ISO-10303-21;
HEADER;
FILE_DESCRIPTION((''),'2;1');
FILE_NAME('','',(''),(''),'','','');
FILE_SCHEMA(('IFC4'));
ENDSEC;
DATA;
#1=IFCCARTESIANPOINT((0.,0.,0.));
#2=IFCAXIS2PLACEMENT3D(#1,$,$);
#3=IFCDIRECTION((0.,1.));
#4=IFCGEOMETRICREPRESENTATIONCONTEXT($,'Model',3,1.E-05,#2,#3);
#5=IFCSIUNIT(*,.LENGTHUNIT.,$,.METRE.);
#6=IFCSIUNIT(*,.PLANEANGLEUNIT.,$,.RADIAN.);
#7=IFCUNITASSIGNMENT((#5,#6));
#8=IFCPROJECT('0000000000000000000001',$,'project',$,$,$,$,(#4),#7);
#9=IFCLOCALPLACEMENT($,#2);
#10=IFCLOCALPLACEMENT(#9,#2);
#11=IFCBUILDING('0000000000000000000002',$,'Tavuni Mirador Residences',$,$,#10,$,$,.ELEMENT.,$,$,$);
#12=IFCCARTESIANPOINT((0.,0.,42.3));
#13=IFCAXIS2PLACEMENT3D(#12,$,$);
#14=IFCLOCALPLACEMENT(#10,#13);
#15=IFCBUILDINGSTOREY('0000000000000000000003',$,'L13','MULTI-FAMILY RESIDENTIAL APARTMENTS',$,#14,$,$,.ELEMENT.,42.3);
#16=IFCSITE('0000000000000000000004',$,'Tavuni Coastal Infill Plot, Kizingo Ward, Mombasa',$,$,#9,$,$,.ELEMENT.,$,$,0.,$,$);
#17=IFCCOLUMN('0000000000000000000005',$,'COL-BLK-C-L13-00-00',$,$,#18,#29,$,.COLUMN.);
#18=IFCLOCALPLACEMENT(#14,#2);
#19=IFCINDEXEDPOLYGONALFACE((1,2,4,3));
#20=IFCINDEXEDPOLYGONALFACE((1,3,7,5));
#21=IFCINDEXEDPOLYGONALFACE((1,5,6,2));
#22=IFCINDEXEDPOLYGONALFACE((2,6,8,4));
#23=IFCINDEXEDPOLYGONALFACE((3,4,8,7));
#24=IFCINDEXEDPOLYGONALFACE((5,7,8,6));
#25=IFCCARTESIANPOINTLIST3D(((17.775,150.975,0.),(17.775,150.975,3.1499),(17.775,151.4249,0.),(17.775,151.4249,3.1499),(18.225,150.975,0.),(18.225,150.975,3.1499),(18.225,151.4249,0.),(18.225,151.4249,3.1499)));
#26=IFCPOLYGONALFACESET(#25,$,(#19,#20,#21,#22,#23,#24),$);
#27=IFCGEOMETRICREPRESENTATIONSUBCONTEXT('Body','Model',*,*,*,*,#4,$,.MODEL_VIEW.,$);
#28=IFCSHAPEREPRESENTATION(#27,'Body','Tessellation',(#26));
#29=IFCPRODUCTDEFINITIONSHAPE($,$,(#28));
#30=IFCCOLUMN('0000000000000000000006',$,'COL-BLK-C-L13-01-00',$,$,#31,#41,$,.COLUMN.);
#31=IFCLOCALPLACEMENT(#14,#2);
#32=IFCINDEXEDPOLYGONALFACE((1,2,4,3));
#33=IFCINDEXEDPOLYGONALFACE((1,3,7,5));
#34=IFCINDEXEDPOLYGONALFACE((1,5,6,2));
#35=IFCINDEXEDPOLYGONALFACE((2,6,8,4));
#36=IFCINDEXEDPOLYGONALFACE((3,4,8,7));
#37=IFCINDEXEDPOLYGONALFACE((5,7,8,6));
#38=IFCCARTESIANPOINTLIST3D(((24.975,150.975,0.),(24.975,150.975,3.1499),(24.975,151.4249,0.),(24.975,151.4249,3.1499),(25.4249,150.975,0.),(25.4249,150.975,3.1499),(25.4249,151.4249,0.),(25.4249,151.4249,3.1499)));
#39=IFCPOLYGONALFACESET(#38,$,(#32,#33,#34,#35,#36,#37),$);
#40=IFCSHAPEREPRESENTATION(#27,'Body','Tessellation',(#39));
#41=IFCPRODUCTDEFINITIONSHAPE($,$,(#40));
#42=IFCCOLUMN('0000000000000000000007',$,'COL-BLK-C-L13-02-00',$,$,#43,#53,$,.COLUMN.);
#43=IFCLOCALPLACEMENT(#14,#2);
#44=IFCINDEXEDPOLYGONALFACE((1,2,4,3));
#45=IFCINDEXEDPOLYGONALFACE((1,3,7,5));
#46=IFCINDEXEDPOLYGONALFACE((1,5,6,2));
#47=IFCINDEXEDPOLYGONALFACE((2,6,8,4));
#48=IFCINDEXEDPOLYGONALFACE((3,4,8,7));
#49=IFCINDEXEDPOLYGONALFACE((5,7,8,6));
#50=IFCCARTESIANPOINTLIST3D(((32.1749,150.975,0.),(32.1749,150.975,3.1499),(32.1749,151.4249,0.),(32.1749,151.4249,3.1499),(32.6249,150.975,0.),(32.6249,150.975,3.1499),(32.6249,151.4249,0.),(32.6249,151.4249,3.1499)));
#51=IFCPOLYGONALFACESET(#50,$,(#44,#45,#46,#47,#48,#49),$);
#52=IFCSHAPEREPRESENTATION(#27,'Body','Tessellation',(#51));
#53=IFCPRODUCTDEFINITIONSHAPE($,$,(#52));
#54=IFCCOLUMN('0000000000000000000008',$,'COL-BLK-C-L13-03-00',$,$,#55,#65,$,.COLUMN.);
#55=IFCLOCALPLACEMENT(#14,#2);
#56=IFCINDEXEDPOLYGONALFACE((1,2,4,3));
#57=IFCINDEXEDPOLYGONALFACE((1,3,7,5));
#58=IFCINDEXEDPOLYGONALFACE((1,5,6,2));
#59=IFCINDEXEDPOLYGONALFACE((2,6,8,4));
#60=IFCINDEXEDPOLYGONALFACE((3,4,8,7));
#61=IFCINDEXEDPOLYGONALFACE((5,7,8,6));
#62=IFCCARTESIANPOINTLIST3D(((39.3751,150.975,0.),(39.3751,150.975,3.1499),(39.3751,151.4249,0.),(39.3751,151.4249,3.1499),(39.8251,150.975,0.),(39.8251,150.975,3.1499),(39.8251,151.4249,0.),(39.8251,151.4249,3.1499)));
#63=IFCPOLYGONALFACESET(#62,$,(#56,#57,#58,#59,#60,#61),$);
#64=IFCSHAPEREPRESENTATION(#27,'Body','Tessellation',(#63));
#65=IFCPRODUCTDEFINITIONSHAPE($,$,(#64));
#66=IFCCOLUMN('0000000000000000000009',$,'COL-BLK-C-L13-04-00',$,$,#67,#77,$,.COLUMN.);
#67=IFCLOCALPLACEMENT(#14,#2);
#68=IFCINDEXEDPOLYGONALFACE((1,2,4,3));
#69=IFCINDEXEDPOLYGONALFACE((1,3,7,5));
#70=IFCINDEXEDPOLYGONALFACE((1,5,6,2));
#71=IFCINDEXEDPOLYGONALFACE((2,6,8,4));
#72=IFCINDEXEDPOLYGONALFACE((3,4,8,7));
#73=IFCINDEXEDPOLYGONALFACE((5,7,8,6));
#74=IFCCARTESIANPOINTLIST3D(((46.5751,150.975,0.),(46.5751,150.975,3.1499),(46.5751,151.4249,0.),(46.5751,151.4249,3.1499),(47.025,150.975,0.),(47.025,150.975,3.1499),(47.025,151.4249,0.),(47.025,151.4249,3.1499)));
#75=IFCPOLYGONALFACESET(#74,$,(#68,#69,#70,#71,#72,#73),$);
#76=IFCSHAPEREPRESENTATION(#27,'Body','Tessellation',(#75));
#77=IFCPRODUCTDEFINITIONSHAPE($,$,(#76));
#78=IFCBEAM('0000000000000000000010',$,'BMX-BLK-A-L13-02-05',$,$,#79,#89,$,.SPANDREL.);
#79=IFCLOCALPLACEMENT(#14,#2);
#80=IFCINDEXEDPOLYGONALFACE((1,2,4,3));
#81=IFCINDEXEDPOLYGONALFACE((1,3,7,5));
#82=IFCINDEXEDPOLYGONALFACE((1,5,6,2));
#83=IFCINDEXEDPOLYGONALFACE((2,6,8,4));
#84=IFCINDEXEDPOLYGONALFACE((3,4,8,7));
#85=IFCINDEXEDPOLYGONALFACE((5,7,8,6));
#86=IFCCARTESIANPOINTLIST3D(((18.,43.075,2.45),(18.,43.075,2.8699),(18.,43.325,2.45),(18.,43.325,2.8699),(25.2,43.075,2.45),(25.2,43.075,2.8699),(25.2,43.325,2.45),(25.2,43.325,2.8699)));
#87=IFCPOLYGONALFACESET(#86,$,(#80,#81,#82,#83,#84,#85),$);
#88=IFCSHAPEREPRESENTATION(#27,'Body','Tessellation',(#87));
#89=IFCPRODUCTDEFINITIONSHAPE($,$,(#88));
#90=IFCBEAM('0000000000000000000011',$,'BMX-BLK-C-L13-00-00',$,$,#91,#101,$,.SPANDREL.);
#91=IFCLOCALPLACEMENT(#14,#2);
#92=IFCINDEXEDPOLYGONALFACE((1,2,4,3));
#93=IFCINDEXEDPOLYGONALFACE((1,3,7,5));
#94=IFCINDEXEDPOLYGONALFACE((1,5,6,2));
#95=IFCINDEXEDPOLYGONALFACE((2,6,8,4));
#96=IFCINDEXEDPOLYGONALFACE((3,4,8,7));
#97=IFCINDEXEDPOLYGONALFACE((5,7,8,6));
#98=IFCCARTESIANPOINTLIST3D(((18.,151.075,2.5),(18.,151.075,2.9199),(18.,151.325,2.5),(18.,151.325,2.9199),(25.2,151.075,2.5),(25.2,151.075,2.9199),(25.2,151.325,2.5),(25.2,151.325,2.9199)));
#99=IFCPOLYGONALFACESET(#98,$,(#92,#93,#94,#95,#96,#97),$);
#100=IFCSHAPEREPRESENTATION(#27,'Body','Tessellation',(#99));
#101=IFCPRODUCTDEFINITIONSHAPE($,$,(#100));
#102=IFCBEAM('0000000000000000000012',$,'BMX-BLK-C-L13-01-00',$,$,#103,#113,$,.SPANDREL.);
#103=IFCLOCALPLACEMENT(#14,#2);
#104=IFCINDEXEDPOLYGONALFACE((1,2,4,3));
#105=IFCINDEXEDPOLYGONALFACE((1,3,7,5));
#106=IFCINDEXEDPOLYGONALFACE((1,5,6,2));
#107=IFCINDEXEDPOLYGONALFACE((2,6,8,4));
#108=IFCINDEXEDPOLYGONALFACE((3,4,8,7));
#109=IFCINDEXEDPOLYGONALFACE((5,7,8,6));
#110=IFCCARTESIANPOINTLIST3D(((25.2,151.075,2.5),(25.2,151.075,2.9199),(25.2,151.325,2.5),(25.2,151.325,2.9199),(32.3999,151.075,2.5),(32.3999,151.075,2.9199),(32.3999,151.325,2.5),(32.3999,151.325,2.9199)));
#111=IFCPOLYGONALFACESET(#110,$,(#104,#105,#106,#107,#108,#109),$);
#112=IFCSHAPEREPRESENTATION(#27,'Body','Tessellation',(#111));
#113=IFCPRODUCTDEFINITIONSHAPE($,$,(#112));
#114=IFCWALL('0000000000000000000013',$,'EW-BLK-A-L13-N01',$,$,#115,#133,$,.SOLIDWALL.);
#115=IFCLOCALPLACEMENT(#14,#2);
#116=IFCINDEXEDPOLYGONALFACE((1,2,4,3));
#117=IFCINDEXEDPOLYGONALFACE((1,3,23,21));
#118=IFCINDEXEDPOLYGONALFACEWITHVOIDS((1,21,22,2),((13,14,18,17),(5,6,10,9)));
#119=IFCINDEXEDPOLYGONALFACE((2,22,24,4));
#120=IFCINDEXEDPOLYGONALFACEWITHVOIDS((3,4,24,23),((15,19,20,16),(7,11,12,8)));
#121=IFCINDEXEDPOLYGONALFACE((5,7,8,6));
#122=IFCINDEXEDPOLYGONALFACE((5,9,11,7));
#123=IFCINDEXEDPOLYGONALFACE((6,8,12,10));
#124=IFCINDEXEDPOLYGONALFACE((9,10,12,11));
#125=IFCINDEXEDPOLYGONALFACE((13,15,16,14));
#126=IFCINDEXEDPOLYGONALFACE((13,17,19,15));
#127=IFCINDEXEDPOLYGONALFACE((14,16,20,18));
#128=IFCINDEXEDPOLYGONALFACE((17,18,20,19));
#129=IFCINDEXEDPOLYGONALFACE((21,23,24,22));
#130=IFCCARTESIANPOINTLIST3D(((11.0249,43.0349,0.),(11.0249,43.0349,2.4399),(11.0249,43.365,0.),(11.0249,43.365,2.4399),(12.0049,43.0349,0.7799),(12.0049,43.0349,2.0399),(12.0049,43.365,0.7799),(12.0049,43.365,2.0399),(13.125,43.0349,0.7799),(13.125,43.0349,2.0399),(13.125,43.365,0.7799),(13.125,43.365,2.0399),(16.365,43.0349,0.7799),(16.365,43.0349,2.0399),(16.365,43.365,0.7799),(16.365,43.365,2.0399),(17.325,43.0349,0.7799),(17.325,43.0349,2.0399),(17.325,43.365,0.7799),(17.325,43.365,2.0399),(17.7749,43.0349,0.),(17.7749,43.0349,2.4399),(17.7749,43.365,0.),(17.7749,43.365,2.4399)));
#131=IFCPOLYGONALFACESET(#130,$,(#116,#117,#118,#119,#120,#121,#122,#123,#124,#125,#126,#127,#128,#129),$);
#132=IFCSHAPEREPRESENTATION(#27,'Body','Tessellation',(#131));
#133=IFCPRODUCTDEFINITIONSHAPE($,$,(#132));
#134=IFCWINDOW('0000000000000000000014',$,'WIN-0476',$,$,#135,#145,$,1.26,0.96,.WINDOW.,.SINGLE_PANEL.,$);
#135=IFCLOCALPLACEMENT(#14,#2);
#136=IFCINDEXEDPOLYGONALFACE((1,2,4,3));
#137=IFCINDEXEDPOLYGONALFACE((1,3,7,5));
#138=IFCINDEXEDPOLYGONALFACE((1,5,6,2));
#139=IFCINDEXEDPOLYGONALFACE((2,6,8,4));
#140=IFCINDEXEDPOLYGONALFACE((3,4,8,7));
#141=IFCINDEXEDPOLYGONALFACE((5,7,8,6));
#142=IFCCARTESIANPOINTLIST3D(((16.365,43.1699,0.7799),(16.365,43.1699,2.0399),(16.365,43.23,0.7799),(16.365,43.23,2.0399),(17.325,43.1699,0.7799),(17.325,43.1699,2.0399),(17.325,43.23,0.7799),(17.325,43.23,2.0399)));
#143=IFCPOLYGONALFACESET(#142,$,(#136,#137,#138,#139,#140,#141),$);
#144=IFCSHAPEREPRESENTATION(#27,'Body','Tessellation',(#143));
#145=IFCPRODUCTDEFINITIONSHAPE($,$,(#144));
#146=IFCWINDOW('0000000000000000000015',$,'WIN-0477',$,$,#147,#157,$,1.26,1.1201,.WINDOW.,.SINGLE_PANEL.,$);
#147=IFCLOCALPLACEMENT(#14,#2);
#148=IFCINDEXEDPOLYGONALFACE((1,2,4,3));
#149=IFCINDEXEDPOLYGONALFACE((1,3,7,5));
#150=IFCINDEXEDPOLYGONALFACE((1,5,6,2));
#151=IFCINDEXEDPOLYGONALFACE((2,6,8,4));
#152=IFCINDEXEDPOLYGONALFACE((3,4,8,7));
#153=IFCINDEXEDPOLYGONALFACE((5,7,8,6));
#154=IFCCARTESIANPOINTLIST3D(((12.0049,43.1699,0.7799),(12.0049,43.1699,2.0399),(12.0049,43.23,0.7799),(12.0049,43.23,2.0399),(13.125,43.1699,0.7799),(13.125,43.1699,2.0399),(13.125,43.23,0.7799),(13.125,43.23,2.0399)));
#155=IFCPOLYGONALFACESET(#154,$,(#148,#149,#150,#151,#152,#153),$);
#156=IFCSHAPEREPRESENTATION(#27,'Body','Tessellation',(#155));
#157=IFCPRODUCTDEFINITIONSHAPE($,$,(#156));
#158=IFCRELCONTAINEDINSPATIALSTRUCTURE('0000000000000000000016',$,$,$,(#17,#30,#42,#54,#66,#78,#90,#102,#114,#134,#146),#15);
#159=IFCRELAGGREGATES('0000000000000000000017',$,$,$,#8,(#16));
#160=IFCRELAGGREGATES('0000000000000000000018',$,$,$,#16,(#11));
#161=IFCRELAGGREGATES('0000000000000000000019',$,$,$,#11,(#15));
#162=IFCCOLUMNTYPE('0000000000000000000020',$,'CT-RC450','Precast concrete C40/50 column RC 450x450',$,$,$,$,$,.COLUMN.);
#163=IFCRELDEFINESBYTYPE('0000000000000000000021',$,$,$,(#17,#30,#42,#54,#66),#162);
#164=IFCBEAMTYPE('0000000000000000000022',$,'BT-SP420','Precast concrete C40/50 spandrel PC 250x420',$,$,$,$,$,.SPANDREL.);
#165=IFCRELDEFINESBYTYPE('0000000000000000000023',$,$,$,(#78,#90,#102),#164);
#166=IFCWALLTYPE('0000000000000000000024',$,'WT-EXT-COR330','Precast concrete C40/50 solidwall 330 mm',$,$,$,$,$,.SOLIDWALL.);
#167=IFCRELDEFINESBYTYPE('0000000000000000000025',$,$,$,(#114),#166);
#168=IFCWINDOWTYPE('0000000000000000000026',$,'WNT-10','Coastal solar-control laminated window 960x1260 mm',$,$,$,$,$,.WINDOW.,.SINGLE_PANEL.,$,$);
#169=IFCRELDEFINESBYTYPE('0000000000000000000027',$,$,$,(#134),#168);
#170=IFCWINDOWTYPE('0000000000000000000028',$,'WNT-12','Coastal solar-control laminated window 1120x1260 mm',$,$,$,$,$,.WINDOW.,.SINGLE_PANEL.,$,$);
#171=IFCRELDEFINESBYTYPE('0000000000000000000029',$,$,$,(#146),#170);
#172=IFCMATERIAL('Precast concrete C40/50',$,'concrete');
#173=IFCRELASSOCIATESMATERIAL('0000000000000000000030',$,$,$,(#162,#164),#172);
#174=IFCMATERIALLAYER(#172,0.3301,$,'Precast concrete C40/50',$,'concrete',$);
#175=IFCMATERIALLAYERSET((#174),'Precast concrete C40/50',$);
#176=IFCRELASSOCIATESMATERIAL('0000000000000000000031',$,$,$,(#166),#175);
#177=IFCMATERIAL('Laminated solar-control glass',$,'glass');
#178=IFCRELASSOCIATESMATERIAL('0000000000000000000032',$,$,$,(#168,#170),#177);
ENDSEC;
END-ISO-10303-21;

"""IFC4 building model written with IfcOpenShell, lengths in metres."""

from ifc_helpers import new_model, si_unit, direction, frame, frame_2d, origin, origin_2d, place, context, subcontext, project, spatial, rectangle, extrude, material, layer, layer_set, material_profile, profile_set, type_object, element, fill, save


model = new_model("IFC4")

# Units and contexts
model_context = context("Model", 3, precision=1e-05, world=origin(), true_north=direction((0.0, 1.0)))
body_context = subcontext(model_context, "Body", "Model", "MODEL_VIEW")
ifc_project = project(units=[si_unit("LENGTHUNIT", "METRE"), si_unit("PLANEANGLEUNIT", "RADIAN")], contexts=[model_context])

# Site, building, storey
site_placement = place(None, origin())
site = spatial("IfcSite", under=ifc_project, at=site_placement, Name="Tavuni Coastal Infill Plot, Kizingo Ward, Mombasa", CompositionType="ELEMENT", RefElevation=0.0)
building_placement = place(site_placement, origin())
building = spatial("IfcBuilding", under=site, at=building_placement, Name="Tavuni Mirador Residences", CompositionType="ELEMENT")
storey_placement = place(building_placement, frame((0.0, 0.0, 42.3)))
storey = spatial("IfcBuildingStorey", under=building, at=storey_placement, Name="L13", Description="MULTI-FAMILY RESIDENTIAL APARTMENTS", CompositionType="ELEMENT", Elevation=42.3)

# Columns
ifc_material_1 = material(Name="Precast concrete C40/50", Category="concrete")
ifc_material_profile_1 = material_profile(ifc_material_1, rectangle(XDim=0.45, YDim=0.45, at=origin_2d()), Name="RC 450x450", Category="concrete")
ifc_profile_set_1 = profile_set([ifc_material_profile_1], Name="Precast concrete C40/50")
column_type = type_object("IfcColumnType", Name="CT-RC450", Description="Precast concrete C40/50 column RC 450x450", PredefinedType="COLUMN", material=ifc_profile_set_1)
for number, where, z_axis, x_axis, name in (
    (1, (18.0, 151.2, 0.0), (0.0, 0.0, 1.0), (1.0, 0.0, 0.0), "COL-BLK-C-L13-00-00"),
    (2, (25.2, 151.2, 0.0), (0.0, 0.0, 1.0), (1.0, 0.0, 0.0), "COL-BLK-C-L13-01-00"),
    (3, (32.3999, 151.2, 0.0), (0.0, 0.0, 1.0), (1.0, 0.0, 0.0), "COL-BLK-C-L13-02-00"),
    (4, (39.6001, 151.2, 0.0), (0.0, 0.0, 1.0), (1.0, 0.0, 0.0), "COL-BLK-C-L13-03-00"),
    (5, (46.8, 151.2, 0.0), (0.0, 0.0, 1.0), (1.0, 0.0, 0.0), "COL-BLK-C-L13-04-00"),
):
    element("IfcColumn", number, at=place(storey_placement, frame(where, z_axis=z_axis, x_axis=x_axis)), inside=storey, type_object=column_type, Name=name, PredefinedType="COLUMN", context=body_context, shape_type="SweptSolid", body=[
        extrude(rectangle(XDim=0.45, YDim=0.45, at=origin_2d()), origin(), (0.0, 0.0, 1.0), 3.1499),
    ])

# Beams
ifc_material_profile_2 = material_profile(ifc_material_1, rectangle(XDim=0.25, YDim=0.4199, at=origin_2d()), Name="PC 250x420", Category="concrete")
ifc_profile_set_2 = profile_set([ifc_material_profile_2], Name="Precast concrete C40/50")
beam_type = type_object("IfcBeamType", Name="BT-SP420", Description="Precast concrete C40/50 spandrel PC 250x420", PredefinedType="SPANDREL", material=ifc_profile_set_2)
for number, where, z_axis, x_axis, name in (
    (6, (18.0, 43.2, 2.6599), (1.0, 0.0, 0.0), (0.0, 1.0, 0.0), "BMX-BLK-A-L13-02-05"),
    (7, (18.0, 151.2, 2.71), (1.0, 0.0, 0.0), (0.0, 1.0, 0.0), "BMX-BLK-C-L13-00-00"),
    (8, (25.2, 151.2, 2.71), (1.0, 0.0, 0.0), (0.0, 1.0, 0.0), "BMX-BLK-C-L13-01-00"),
):
    element("IfcBeam", number, at=place(storey_placement, frame(where, z_axis=z_axis, x_axis=x_axis)), inside=storey, type_object=beam_type, Name=name, PredefinedType="SPANDREL", context=body_context, shape_type="SweptSolid", body=[
        extrude(rectangle(XDim=0.25, YDim=0.4199, at=origin_2d()), origin(), (0.0, 0.0, 1.0), 7.2),
    ])

# Wall, openings, windows
ifc_layer_1 = layer(ifc_material_1, 0.3301, Name="Precast concrete C40/50", Category="concrete")
ifc_layer_set_1 = layer_set([ifc_layer_1], Name="Precast concrete C40/50")
wall_type_1 = type_object("IfcWallType", Name="WT-EXT-COR330", Description="Precast concrete C40/50 solidwall 330 mm", PredefinedType="SOLIDWALL", material=ifc_layer_set_1)
wall_1_placement = place(storey_placement, frame((17.7749, 43.2, 0.0), z_axis=(0.0, 0.0, 1.0), x_axis=(-1.0, 0.0, 0.0)))
wall_1 = element("IfcWall", 9, at=wall_1_placement, inside=storey, type_object=wall_type_1, Name="EW-BLK-A-L13-N01", PredefinedType="SOLIDWALL", context=body_context, shape_type="SweptSolid", body=[
    extrude(rectangle(XDim=6.75, YDim=0.3301, at=frame_2d((3.375, 0.0))), origin(), (0.0, 0.0, 1.0), 2.4399),
])
opening_1_placement = place(wall_1_placement, frame((0.45, 0.0, 0.78)))
opening_1 = element("IfcOpeningElement", 10, at=opening_1_placement, cuts=wall_1, PredefinedType="OPENING", context=body_context, shape_type="SweptSolid", body=[
    extrude(rectangle(XDim=0.96, YDim=1.26, at=frame_2d((0.48, 0.6299))), frame((0.0, 0.175, 0.0), z_axis=(0.0, -1.0, 0.0), x_axis=(1.0, 0.0, 0.0)), (0.0, 0.0, 1.0), 0.3501),
])
opening_2_placement = place(wall_1_placement, frame((4.6499, 0.0, 0.78)))
opening_2 = element("IfcOpeningElement", 11, at=opening_2_placement, cuts=wall_1, PredefinedType="OPENING", context=body_context, shape_type="SweptSolid", body=[
    extrude(rectangle(XDim=1.1201, YDim=1.26, at=frame_2d((0.5601, 0.6299))), frame((0.0, 0.175, 0.0), z_axis=(0.0, -1.0, 0.0), x_axis=(1.0, 0.0, 0.0)), (0.0, 0.0, 1.0), 0.3501),
])
ifc_material_2 = material(Name="Laminated solar-control glass", Category="glass")
window_type_1 = type_object("IfcWindowType", Name="WNT-10", Description="Coastal solar-control laminated window 960x1260 mm", PartitioningType="SINGLE_PANEL", PredefinedType="WINDOW", material=ifc_material_2)
window_1_placement = place(opening_1_placement, origin())
window_1 = element("IfcWindow", 12, at=window_1_placement, inside=storey, type_object=window_type_1, Name="WIN-0476", OverallHeight=1.26, OverallWidth=0.96, PartitioningType="SINGLE_PANEL", PredefinedType="WINDOW", context=body_context, shape_type="SweptSolid", body=[
    extrude(rectangle(XDim=0.96, YDim=1.26, at=frame_2d((0.48, 0.6299))), frame((0.0, 0.03, 0.0), z_axis=(0.0, -1.0, 0.0), x_axis=(1.0, 0.0, 0.0)), (0.0, 0.0, 1.0), 0.0601),
])
fill(opening_1, window_1)
window_type_2 = type_object("IfcWindowType", Name="WNT-12", Description="Coastal solar-control laminated window 1120x1260 mm", PartitioningType="SINGLE_PANEL", PredefinedType="WINDOW", material=ifc_material_2)
window_2_placement = place(opening_2_placement, origin())
window_2 = element("IfcWindow", 13, at=window_2_placement, inside=storey, type_object=window_type_2, Name="WIN-0477", OverallHeight=1.26, OverallWidth=1.1201, PartitioningType="SINGLE_PANEL", PredefinedType="WINDOW", context=body_context, shape_type="SweptSolid", body=[
    extrude(rectangle(XDim=1.1201, YDim=1.26, at=frame_2d((0.5601, 0.6299))), frame((0.0, 0.03, 0.0), z_axis=(0.0, -1.0, 0.0), x_axis=(1.0, 0.0, 0.0)), (0.0, 0.0, 1.0), 0.0601),
])
fill(opening_2, window_2)

save(model, "model.ifc")
